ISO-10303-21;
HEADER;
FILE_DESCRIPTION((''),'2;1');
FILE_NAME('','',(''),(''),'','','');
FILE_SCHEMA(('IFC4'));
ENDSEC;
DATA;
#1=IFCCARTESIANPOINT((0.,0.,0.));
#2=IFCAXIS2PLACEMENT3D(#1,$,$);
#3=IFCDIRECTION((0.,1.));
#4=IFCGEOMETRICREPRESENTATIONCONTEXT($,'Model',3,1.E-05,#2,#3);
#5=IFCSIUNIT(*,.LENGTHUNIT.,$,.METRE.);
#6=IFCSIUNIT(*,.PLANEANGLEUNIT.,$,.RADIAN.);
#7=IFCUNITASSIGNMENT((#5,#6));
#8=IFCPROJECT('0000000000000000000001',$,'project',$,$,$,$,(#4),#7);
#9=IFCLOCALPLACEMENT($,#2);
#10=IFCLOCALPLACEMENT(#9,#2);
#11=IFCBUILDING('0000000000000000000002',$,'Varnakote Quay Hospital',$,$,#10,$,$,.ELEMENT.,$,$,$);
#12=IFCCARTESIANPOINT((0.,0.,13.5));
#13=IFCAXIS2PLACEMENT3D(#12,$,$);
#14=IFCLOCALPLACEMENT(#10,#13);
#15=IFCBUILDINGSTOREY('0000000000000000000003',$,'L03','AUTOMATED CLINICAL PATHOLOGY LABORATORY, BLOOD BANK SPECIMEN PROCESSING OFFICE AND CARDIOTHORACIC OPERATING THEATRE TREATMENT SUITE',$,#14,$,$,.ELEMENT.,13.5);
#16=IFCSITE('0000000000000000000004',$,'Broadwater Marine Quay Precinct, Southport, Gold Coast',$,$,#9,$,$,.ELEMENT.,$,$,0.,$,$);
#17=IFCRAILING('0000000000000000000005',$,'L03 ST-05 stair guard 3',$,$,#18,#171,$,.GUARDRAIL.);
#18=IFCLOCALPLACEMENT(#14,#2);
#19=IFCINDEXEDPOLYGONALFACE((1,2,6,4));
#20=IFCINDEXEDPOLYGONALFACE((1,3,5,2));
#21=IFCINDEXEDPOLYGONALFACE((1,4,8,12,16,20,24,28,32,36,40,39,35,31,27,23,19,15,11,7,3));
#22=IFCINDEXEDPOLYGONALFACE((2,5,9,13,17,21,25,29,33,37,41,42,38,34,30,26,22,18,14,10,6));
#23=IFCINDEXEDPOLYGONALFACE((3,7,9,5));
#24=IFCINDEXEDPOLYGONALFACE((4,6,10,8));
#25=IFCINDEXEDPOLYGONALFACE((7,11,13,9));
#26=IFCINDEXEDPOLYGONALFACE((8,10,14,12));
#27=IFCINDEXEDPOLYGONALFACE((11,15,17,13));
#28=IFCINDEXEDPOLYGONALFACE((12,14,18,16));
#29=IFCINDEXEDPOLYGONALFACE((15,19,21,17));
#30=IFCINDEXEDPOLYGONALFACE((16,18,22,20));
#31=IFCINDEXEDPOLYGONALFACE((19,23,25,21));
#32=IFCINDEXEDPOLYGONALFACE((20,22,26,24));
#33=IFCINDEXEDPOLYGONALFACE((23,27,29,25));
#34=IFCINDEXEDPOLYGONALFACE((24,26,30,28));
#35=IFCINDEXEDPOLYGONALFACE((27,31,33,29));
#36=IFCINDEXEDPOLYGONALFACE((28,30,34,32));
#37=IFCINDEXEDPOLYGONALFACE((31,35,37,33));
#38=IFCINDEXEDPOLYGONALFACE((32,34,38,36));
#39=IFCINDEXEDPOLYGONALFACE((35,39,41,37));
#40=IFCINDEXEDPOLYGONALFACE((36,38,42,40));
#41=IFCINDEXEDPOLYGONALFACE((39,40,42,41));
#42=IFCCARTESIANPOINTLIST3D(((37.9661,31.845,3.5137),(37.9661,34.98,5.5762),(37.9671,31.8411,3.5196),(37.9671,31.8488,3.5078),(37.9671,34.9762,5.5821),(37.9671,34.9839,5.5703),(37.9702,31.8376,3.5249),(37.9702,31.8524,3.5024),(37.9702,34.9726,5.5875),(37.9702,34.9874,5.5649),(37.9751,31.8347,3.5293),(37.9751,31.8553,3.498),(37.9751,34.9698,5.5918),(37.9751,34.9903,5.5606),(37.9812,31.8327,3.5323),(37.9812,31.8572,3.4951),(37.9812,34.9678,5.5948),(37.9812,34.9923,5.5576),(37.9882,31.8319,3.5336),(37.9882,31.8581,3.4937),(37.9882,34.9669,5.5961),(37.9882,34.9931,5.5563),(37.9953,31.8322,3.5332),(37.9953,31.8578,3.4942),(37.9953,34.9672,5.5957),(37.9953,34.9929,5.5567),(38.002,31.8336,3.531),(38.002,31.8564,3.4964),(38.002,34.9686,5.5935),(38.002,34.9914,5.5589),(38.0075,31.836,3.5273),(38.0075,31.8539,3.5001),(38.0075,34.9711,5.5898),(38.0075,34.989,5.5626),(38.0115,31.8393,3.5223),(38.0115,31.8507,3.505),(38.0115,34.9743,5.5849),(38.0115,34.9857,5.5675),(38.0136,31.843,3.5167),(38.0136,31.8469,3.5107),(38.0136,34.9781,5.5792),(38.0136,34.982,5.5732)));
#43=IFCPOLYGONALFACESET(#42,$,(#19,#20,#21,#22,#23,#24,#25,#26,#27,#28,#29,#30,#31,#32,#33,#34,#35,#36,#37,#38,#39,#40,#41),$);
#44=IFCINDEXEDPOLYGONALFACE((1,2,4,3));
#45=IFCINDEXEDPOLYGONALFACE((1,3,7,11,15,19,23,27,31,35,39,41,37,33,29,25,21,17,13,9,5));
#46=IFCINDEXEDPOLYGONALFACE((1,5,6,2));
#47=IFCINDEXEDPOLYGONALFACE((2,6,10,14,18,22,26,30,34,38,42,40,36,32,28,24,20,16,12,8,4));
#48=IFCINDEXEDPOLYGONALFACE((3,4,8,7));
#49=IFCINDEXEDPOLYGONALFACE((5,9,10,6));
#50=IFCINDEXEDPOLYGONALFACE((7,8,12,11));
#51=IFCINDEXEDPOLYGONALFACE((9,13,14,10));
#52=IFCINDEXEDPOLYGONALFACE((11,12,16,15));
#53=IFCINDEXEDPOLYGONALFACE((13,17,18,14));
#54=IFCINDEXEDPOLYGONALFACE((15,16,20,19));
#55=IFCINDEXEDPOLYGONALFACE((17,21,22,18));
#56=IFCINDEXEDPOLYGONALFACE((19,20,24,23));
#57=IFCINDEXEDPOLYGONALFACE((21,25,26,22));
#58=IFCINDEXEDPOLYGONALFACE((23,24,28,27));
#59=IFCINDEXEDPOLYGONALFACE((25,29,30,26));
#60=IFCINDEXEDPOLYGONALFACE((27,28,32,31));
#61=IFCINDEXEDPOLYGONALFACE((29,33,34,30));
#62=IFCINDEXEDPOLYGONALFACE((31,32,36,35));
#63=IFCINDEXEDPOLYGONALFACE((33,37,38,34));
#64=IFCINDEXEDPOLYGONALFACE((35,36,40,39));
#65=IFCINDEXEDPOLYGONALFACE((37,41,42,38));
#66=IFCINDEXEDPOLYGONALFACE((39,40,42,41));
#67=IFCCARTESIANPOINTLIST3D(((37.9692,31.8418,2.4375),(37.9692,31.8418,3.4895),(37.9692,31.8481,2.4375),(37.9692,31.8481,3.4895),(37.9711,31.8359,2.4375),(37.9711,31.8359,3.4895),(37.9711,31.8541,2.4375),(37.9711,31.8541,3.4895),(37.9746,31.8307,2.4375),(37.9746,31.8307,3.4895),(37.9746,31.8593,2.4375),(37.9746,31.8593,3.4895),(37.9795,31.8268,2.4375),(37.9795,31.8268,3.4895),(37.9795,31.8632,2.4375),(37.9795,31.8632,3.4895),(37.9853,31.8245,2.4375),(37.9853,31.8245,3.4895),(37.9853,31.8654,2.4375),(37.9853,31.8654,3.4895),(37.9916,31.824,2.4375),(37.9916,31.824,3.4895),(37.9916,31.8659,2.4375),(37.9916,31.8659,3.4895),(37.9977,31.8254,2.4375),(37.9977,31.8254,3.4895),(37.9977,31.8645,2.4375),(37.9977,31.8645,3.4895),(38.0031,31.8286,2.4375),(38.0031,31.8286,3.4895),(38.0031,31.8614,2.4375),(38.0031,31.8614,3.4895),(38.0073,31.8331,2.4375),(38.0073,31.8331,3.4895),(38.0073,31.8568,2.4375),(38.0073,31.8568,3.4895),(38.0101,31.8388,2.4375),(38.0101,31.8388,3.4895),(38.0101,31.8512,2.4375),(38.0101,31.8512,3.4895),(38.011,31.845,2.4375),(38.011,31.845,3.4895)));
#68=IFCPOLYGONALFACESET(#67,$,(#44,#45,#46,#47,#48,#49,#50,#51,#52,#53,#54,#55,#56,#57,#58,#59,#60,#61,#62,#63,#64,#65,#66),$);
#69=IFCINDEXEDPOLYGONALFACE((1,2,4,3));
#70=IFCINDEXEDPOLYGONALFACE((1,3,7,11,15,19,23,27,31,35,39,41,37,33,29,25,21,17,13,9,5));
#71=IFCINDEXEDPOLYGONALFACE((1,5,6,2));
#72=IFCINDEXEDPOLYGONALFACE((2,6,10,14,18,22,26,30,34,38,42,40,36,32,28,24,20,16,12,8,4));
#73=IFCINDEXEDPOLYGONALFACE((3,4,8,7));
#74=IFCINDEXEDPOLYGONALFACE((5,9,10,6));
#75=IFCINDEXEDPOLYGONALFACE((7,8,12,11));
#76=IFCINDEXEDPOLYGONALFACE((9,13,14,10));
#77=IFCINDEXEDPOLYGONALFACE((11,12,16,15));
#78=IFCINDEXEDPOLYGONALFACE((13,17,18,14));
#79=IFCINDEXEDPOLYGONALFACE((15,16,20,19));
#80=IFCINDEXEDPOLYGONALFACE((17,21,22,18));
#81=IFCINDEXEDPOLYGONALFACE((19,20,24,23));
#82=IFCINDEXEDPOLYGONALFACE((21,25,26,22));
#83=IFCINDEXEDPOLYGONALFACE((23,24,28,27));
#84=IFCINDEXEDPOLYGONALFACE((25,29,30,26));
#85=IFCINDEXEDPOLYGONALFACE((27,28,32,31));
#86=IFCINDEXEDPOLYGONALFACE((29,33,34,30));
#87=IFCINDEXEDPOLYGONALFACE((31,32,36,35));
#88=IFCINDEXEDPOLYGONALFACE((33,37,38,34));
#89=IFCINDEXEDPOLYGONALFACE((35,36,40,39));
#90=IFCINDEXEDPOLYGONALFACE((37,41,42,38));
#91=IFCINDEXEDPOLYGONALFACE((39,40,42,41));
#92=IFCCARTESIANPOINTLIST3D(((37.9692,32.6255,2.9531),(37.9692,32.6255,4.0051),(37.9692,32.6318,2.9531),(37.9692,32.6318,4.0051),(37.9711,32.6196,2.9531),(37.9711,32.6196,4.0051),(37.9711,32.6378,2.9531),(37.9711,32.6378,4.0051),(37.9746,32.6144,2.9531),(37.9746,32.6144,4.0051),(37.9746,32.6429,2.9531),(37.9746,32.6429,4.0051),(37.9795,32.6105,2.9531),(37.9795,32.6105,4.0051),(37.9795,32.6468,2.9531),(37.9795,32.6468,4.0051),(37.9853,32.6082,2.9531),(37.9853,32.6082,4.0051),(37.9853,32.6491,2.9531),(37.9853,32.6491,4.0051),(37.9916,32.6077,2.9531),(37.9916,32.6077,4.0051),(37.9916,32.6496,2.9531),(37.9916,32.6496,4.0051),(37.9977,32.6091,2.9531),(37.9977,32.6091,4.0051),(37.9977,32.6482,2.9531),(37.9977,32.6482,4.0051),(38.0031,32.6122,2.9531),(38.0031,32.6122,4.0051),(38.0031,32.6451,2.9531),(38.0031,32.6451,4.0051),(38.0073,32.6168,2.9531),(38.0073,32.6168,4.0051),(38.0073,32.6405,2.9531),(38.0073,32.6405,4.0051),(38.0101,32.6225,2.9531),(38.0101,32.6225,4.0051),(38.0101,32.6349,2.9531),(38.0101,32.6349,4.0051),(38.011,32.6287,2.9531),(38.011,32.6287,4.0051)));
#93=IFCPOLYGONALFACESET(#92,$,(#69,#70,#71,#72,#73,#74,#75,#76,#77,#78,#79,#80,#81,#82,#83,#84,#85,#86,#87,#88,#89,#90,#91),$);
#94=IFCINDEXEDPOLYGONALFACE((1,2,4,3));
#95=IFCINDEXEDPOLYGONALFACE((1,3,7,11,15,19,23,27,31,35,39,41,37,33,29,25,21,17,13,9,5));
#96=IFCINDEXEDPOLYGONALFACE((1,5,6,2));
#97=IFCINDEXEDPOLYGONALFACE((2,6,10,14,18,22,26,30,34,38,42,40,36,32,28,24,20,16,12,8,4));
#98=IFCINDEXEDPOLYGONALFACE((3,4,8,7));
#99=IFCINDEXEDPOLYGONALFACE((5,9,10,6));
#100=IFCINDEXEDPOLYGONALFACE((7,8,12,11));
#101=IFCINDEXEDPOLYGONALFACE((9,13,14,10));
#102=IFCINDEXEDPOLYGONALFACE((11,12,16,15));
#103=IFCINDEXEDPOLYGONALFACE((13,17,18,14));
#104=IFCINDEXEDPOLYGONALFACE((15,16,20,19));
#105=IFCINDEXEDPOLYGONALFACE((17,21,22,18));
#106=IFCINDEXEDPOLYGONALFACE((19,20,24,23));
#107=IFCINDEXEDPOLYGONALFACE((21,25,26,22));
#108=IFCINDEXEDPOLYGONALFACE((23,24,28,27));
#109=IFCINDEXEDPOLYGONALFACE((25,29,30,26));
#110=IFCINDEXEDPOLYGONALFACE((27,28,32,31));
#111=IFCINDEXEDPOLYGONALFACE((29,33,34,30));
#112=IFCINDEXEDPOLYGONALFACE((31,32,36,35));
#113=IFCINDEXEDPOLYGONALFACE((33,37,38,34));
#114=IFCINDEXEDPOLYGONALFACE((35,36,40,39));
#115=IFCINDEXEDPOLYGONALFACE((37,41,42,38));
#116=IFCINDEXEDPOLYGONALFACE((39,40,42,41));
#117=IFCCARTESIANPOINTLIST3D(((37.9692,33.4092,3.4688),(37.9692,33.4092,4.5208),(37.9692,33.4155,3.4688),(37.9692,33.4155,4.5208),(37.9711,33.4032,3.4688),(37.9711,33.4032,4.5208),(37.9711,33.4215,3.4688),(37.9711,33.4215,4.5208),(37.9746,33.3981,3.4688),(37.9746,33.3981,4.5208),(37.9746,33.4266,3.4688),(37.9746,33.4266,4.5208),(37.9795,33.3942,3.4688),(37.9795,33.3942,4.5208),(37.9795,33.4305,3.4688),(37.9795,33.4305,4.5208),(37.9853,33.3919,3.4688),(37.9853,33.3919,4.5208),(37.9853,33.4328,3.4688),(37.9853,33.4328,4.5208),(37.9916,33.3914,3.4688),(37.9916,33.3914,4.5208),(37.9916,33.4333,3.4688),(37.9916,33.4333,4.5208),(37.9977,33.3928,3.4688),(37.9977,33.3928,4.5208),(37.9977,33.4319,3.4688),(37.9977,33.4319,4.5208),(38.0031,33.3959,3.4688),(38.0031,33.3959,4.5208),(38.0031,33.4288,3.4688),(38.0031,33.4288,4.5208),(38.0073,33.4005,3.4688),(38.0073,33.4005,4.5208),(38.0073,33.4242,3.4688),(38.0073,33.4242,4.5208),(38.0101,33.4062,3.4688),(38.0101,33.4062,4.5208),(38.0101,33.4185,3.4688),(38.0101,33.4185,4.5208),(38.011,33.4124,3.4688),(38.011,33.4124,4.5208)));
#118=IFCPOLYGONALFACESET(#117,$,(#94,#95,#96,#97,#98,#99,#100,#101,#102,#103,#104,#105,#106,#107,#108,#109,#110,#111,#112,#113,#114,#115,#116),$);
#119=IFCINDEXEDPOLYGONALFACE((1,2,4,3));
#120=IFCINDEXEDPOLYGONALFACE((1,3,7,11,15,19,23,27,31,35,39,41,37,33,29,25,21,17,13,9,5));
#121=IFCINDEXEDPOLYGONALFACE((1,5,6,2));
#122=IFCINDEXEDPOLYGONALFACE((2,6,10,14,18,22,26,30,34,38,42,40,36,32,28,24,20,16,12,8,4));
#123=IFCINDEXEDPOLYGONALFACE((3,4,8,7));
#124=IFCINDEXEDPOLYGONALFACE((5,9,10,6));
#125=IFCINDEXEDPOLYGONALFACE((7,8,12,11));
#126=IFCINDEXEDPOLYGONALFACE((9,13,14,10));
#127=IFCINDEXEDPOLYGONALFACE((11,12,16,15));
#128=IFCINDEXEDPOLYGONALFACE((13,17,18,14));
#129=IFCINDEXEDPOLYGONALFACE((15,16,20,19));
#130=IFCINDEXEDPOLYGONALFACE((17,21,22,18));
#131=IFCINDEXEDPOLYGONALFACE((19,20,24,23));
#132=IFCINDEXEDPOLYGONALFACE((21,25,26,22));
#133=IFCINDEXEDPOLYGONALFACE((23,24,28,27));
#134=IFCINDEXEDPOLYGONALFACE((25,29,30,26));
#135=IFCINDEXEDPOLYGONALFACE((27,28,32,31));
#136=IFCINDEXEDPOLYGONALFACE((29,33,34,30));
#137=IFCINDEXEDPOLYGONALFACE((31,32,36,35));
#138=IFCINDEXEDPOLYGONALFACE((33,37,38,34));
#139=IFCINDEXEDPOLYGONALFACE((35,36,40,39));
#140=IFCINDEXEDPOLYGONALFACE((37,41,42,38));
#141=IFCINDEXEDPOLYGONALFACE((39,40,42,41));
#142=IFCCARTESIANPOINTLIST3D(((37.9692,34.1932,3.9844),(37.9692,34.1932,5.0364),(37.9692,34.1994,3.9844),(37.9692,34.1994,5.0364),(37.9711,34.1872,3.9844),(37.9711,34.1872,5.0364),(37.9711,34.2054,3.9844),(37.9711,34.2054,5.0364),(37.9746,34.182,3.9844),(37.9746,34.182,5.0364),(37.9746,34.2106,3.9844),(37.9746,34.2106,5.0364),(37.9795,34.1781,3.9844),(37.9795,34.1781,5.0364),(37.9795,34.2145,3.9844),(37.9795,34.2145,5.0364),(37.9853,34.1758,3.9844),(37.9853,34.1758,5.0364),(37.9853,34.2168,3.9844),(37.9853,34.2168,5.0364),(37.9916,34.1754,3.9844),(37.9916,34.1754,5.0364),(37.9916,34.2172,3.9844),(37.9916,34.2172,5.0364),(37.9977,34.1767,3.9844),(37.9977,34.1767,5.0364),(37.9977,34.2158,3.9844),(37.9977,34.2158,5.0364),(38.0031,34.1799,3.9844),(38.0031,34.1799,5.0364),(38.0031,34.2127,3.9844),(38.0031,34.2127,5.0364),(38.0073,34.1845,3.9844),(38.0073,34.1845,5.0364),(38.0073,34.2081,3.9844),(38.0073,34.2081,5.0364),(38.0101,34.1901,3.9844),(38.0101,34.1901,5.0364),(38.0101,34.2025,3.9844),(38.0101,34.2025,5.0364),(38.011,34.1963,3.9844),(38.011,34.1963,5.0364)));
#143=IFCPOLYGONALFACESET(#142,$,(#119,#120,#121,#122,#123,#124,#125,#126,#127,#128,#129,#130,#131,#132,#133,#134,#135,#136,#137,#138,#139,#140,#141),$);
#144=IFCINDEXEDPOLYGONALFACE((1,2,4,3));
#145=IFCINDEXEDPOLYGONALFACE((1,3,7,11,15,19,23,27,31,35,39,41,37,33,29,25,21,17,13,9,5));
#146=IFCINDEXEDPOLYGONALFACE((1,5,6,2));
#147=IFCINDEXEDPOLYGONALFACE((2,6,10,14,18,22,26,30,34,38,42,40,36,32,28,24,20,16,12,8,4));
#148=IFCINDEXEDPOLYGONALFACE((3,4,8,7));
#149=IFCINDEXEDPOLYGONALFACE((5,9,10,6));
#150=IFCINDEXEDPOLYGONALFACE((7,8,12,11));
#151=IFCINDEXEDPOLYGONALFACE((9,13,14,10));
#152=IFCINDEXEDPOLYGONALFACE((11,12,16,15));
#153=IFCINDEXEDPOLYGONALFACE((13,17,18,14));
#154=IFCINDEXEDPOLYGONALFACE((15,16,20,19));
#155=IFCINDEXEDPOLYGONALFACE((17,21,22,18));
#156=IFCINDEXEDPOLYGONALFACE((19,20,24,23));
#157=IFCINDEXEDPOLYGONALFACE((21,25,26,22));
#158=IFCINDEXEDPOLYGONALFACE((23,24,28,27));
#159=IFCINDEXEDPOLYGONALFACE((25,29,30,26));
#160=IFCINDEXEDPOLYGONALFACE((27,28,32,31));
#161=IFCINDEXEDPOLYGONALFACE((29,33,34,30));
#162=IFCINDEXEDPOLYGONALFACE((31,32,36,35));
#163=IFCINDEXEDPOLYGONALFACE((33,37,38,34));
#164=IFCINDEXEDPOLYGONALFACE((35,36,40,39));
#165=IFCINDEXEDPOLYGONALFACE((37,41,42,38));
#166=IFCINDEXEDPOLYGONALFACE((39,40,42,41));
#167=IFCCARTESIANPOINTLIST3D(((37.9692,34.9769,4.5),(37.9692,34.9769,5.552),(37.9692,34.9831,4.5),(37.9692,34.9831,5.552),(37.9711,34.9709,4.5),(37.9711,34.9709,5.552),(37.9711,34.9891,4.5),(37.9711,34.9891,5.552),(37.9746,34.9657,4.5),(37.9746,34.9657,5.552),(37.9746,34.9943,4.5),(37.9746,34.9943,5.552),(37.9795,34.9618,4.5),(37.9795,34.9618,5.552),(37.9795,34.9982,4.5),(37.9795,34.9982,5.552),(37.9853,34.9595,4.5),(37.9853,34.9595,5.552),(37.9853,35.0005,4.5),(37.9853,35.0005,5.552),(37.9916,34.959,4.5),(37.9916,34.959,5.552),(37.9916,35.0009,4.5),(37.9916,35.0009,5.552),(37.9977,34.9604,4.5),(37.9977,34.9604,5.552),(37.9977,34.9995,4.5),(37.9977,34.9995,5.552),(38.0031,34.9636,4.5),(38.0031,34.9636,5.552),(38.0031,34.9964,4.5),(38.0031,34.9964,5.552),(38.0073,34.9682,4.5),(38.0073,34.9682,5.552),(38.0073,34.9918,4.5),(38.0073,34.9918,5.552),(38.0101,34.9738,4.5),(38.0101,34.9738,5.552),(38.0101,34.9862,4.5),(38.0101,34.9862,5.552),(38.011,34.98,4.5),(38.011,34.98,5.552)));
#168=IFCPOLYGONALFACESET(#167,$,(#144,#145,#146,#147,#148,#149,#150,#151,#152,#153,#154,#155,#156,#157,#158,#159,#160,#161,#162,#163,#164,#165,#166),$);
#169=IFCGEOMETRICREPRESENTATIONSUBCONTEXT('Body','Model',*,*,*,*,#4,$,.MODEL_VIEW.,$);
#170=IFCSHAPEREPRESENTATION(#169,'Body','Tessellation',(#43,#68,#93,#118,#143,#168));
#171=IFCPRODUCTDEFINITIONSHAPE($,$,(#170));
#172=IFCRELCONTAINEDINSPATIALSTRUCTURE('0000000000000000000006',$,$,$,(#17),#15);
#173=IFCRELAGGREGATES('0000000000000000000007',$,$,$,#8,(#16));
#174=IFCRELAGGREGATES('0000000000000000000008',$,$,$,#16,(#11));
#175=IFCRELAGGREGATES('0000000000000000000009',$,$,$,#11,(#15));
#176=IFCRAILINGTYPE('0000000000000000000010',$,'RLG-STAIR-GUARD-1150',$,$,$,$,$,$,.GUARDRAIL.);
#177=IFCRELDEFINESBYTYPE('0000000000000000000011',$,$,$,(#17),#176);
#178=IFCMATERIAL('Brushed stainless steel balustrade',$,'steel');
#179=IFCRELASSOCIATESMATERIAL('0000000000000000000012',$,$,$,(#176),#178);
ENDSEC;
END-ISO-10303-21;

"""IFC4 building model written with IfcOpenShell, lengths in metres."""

from ifc_helpers import new_model, si_unit, direction, frame, origin, origin_2d, place, context, subcontext, project, spatial, circle, extrude, material, type_object, element, save


model = new_model("IFC4")

# Units and contexts
model_context = context("Model", 3, precision=1e-05, world=origin(), true_north=direction((0.0, 1.0)))
body_context = subcontext(model_context, "Body", "Model", "MODEL_VIEW")
ifc_project = project(units=[si_unit("LENGTHUNIT", "METRE"), si_unit("PLANEANGLEUNIT", "RADIAN")], contexts=[model_context])

# Site, building, storey
site_placement = place(None, origin())
site = spatial("IfcSite", under=ifc_project, at=site_placement, Name="Broadwater Marine Quay Precinct, Southport, Gold Coast", CompositionType="ELEMENT", RefElevation=0.0)
building_placement = place(site_placement, origin())
building = spatial("IfcBuilding", under=site, at=building_placement, Name="Varnakote Quay Hospital", CompositionType="ELEMENT")
storey_placement = place(building_placement, frame((0.0, 0.0, 13.5)))
storey = spatial("IfcBuildingStorey", under=building, at=storey_placement, Name="L03", Description="AUTOMATED CLINICAL PATHOLOGY LABORATORY, BLOOD BANK SPECIMEN PROCESSING OFFICE AND CARDIOTHORACIC OPERATING THEATRE TREATMENT SUITE", CompositionType="ELEMENT", Elevation=13.5)

# Railing
ifc_material_1 = material(Name="Brushed stainless steel balustrade", Category="steel")
railing_type_1 = type_object("IfcRailingType", Name="RLG-STAIR-GUARD-1150", PredefinedType="GUARDRAIL", material=ifc_material_1)
railing_1_placement = place(storey_placement, frame((37.99, 31.845, 2.4375)))
element("IfcRailing", 1, at=railing_1_placement, inside=storey, type_object=railing_type_1, Name="L03 ST-05 stair guard 3", PredefinedType="GUARDRAIL", context=body_context, shape_type="SweptSolid", body=[
    extrude(circle(Radius=0.0239, at=origin_2d()), frame((0.0, 0.0, 1.0762), z_axis=(0.0, 0.835418, 0.549615), x_axis=(-1.0, 0.0, 0.0)), (0.0, 0.0, 1.0), 3.7527),
    extrude(circle(Radius=0.021, at=origin_2d()), origin(), (0.0, 0.0, 1.0), 1.052),
    extrude(circle(Radius=0.021, at=origin_2d()), frame((0.0, 0.7837, 0.5156)), (0.0, 0.0, 1.0), 1.052),
    extrude(circle(Radius=0.021, at=origin_2d()), frame((0.0, 1.5674, 1.0312)), (0.0, 0.0, 1.0), 1.052),
    extrude(circle(Radius=0.021, at=origin_2d()), frame((0.0, 2.3513, 1.5469)), (0.0, 0.0, 1.0), 1.052),
    extrude(circle(Radius=0.021, at=origin_2d()), frame((0.0, 3.135, 2.0625)), (0.0, 0.0, 1.0), 1.052),
])

save(model, "model.ifc")
